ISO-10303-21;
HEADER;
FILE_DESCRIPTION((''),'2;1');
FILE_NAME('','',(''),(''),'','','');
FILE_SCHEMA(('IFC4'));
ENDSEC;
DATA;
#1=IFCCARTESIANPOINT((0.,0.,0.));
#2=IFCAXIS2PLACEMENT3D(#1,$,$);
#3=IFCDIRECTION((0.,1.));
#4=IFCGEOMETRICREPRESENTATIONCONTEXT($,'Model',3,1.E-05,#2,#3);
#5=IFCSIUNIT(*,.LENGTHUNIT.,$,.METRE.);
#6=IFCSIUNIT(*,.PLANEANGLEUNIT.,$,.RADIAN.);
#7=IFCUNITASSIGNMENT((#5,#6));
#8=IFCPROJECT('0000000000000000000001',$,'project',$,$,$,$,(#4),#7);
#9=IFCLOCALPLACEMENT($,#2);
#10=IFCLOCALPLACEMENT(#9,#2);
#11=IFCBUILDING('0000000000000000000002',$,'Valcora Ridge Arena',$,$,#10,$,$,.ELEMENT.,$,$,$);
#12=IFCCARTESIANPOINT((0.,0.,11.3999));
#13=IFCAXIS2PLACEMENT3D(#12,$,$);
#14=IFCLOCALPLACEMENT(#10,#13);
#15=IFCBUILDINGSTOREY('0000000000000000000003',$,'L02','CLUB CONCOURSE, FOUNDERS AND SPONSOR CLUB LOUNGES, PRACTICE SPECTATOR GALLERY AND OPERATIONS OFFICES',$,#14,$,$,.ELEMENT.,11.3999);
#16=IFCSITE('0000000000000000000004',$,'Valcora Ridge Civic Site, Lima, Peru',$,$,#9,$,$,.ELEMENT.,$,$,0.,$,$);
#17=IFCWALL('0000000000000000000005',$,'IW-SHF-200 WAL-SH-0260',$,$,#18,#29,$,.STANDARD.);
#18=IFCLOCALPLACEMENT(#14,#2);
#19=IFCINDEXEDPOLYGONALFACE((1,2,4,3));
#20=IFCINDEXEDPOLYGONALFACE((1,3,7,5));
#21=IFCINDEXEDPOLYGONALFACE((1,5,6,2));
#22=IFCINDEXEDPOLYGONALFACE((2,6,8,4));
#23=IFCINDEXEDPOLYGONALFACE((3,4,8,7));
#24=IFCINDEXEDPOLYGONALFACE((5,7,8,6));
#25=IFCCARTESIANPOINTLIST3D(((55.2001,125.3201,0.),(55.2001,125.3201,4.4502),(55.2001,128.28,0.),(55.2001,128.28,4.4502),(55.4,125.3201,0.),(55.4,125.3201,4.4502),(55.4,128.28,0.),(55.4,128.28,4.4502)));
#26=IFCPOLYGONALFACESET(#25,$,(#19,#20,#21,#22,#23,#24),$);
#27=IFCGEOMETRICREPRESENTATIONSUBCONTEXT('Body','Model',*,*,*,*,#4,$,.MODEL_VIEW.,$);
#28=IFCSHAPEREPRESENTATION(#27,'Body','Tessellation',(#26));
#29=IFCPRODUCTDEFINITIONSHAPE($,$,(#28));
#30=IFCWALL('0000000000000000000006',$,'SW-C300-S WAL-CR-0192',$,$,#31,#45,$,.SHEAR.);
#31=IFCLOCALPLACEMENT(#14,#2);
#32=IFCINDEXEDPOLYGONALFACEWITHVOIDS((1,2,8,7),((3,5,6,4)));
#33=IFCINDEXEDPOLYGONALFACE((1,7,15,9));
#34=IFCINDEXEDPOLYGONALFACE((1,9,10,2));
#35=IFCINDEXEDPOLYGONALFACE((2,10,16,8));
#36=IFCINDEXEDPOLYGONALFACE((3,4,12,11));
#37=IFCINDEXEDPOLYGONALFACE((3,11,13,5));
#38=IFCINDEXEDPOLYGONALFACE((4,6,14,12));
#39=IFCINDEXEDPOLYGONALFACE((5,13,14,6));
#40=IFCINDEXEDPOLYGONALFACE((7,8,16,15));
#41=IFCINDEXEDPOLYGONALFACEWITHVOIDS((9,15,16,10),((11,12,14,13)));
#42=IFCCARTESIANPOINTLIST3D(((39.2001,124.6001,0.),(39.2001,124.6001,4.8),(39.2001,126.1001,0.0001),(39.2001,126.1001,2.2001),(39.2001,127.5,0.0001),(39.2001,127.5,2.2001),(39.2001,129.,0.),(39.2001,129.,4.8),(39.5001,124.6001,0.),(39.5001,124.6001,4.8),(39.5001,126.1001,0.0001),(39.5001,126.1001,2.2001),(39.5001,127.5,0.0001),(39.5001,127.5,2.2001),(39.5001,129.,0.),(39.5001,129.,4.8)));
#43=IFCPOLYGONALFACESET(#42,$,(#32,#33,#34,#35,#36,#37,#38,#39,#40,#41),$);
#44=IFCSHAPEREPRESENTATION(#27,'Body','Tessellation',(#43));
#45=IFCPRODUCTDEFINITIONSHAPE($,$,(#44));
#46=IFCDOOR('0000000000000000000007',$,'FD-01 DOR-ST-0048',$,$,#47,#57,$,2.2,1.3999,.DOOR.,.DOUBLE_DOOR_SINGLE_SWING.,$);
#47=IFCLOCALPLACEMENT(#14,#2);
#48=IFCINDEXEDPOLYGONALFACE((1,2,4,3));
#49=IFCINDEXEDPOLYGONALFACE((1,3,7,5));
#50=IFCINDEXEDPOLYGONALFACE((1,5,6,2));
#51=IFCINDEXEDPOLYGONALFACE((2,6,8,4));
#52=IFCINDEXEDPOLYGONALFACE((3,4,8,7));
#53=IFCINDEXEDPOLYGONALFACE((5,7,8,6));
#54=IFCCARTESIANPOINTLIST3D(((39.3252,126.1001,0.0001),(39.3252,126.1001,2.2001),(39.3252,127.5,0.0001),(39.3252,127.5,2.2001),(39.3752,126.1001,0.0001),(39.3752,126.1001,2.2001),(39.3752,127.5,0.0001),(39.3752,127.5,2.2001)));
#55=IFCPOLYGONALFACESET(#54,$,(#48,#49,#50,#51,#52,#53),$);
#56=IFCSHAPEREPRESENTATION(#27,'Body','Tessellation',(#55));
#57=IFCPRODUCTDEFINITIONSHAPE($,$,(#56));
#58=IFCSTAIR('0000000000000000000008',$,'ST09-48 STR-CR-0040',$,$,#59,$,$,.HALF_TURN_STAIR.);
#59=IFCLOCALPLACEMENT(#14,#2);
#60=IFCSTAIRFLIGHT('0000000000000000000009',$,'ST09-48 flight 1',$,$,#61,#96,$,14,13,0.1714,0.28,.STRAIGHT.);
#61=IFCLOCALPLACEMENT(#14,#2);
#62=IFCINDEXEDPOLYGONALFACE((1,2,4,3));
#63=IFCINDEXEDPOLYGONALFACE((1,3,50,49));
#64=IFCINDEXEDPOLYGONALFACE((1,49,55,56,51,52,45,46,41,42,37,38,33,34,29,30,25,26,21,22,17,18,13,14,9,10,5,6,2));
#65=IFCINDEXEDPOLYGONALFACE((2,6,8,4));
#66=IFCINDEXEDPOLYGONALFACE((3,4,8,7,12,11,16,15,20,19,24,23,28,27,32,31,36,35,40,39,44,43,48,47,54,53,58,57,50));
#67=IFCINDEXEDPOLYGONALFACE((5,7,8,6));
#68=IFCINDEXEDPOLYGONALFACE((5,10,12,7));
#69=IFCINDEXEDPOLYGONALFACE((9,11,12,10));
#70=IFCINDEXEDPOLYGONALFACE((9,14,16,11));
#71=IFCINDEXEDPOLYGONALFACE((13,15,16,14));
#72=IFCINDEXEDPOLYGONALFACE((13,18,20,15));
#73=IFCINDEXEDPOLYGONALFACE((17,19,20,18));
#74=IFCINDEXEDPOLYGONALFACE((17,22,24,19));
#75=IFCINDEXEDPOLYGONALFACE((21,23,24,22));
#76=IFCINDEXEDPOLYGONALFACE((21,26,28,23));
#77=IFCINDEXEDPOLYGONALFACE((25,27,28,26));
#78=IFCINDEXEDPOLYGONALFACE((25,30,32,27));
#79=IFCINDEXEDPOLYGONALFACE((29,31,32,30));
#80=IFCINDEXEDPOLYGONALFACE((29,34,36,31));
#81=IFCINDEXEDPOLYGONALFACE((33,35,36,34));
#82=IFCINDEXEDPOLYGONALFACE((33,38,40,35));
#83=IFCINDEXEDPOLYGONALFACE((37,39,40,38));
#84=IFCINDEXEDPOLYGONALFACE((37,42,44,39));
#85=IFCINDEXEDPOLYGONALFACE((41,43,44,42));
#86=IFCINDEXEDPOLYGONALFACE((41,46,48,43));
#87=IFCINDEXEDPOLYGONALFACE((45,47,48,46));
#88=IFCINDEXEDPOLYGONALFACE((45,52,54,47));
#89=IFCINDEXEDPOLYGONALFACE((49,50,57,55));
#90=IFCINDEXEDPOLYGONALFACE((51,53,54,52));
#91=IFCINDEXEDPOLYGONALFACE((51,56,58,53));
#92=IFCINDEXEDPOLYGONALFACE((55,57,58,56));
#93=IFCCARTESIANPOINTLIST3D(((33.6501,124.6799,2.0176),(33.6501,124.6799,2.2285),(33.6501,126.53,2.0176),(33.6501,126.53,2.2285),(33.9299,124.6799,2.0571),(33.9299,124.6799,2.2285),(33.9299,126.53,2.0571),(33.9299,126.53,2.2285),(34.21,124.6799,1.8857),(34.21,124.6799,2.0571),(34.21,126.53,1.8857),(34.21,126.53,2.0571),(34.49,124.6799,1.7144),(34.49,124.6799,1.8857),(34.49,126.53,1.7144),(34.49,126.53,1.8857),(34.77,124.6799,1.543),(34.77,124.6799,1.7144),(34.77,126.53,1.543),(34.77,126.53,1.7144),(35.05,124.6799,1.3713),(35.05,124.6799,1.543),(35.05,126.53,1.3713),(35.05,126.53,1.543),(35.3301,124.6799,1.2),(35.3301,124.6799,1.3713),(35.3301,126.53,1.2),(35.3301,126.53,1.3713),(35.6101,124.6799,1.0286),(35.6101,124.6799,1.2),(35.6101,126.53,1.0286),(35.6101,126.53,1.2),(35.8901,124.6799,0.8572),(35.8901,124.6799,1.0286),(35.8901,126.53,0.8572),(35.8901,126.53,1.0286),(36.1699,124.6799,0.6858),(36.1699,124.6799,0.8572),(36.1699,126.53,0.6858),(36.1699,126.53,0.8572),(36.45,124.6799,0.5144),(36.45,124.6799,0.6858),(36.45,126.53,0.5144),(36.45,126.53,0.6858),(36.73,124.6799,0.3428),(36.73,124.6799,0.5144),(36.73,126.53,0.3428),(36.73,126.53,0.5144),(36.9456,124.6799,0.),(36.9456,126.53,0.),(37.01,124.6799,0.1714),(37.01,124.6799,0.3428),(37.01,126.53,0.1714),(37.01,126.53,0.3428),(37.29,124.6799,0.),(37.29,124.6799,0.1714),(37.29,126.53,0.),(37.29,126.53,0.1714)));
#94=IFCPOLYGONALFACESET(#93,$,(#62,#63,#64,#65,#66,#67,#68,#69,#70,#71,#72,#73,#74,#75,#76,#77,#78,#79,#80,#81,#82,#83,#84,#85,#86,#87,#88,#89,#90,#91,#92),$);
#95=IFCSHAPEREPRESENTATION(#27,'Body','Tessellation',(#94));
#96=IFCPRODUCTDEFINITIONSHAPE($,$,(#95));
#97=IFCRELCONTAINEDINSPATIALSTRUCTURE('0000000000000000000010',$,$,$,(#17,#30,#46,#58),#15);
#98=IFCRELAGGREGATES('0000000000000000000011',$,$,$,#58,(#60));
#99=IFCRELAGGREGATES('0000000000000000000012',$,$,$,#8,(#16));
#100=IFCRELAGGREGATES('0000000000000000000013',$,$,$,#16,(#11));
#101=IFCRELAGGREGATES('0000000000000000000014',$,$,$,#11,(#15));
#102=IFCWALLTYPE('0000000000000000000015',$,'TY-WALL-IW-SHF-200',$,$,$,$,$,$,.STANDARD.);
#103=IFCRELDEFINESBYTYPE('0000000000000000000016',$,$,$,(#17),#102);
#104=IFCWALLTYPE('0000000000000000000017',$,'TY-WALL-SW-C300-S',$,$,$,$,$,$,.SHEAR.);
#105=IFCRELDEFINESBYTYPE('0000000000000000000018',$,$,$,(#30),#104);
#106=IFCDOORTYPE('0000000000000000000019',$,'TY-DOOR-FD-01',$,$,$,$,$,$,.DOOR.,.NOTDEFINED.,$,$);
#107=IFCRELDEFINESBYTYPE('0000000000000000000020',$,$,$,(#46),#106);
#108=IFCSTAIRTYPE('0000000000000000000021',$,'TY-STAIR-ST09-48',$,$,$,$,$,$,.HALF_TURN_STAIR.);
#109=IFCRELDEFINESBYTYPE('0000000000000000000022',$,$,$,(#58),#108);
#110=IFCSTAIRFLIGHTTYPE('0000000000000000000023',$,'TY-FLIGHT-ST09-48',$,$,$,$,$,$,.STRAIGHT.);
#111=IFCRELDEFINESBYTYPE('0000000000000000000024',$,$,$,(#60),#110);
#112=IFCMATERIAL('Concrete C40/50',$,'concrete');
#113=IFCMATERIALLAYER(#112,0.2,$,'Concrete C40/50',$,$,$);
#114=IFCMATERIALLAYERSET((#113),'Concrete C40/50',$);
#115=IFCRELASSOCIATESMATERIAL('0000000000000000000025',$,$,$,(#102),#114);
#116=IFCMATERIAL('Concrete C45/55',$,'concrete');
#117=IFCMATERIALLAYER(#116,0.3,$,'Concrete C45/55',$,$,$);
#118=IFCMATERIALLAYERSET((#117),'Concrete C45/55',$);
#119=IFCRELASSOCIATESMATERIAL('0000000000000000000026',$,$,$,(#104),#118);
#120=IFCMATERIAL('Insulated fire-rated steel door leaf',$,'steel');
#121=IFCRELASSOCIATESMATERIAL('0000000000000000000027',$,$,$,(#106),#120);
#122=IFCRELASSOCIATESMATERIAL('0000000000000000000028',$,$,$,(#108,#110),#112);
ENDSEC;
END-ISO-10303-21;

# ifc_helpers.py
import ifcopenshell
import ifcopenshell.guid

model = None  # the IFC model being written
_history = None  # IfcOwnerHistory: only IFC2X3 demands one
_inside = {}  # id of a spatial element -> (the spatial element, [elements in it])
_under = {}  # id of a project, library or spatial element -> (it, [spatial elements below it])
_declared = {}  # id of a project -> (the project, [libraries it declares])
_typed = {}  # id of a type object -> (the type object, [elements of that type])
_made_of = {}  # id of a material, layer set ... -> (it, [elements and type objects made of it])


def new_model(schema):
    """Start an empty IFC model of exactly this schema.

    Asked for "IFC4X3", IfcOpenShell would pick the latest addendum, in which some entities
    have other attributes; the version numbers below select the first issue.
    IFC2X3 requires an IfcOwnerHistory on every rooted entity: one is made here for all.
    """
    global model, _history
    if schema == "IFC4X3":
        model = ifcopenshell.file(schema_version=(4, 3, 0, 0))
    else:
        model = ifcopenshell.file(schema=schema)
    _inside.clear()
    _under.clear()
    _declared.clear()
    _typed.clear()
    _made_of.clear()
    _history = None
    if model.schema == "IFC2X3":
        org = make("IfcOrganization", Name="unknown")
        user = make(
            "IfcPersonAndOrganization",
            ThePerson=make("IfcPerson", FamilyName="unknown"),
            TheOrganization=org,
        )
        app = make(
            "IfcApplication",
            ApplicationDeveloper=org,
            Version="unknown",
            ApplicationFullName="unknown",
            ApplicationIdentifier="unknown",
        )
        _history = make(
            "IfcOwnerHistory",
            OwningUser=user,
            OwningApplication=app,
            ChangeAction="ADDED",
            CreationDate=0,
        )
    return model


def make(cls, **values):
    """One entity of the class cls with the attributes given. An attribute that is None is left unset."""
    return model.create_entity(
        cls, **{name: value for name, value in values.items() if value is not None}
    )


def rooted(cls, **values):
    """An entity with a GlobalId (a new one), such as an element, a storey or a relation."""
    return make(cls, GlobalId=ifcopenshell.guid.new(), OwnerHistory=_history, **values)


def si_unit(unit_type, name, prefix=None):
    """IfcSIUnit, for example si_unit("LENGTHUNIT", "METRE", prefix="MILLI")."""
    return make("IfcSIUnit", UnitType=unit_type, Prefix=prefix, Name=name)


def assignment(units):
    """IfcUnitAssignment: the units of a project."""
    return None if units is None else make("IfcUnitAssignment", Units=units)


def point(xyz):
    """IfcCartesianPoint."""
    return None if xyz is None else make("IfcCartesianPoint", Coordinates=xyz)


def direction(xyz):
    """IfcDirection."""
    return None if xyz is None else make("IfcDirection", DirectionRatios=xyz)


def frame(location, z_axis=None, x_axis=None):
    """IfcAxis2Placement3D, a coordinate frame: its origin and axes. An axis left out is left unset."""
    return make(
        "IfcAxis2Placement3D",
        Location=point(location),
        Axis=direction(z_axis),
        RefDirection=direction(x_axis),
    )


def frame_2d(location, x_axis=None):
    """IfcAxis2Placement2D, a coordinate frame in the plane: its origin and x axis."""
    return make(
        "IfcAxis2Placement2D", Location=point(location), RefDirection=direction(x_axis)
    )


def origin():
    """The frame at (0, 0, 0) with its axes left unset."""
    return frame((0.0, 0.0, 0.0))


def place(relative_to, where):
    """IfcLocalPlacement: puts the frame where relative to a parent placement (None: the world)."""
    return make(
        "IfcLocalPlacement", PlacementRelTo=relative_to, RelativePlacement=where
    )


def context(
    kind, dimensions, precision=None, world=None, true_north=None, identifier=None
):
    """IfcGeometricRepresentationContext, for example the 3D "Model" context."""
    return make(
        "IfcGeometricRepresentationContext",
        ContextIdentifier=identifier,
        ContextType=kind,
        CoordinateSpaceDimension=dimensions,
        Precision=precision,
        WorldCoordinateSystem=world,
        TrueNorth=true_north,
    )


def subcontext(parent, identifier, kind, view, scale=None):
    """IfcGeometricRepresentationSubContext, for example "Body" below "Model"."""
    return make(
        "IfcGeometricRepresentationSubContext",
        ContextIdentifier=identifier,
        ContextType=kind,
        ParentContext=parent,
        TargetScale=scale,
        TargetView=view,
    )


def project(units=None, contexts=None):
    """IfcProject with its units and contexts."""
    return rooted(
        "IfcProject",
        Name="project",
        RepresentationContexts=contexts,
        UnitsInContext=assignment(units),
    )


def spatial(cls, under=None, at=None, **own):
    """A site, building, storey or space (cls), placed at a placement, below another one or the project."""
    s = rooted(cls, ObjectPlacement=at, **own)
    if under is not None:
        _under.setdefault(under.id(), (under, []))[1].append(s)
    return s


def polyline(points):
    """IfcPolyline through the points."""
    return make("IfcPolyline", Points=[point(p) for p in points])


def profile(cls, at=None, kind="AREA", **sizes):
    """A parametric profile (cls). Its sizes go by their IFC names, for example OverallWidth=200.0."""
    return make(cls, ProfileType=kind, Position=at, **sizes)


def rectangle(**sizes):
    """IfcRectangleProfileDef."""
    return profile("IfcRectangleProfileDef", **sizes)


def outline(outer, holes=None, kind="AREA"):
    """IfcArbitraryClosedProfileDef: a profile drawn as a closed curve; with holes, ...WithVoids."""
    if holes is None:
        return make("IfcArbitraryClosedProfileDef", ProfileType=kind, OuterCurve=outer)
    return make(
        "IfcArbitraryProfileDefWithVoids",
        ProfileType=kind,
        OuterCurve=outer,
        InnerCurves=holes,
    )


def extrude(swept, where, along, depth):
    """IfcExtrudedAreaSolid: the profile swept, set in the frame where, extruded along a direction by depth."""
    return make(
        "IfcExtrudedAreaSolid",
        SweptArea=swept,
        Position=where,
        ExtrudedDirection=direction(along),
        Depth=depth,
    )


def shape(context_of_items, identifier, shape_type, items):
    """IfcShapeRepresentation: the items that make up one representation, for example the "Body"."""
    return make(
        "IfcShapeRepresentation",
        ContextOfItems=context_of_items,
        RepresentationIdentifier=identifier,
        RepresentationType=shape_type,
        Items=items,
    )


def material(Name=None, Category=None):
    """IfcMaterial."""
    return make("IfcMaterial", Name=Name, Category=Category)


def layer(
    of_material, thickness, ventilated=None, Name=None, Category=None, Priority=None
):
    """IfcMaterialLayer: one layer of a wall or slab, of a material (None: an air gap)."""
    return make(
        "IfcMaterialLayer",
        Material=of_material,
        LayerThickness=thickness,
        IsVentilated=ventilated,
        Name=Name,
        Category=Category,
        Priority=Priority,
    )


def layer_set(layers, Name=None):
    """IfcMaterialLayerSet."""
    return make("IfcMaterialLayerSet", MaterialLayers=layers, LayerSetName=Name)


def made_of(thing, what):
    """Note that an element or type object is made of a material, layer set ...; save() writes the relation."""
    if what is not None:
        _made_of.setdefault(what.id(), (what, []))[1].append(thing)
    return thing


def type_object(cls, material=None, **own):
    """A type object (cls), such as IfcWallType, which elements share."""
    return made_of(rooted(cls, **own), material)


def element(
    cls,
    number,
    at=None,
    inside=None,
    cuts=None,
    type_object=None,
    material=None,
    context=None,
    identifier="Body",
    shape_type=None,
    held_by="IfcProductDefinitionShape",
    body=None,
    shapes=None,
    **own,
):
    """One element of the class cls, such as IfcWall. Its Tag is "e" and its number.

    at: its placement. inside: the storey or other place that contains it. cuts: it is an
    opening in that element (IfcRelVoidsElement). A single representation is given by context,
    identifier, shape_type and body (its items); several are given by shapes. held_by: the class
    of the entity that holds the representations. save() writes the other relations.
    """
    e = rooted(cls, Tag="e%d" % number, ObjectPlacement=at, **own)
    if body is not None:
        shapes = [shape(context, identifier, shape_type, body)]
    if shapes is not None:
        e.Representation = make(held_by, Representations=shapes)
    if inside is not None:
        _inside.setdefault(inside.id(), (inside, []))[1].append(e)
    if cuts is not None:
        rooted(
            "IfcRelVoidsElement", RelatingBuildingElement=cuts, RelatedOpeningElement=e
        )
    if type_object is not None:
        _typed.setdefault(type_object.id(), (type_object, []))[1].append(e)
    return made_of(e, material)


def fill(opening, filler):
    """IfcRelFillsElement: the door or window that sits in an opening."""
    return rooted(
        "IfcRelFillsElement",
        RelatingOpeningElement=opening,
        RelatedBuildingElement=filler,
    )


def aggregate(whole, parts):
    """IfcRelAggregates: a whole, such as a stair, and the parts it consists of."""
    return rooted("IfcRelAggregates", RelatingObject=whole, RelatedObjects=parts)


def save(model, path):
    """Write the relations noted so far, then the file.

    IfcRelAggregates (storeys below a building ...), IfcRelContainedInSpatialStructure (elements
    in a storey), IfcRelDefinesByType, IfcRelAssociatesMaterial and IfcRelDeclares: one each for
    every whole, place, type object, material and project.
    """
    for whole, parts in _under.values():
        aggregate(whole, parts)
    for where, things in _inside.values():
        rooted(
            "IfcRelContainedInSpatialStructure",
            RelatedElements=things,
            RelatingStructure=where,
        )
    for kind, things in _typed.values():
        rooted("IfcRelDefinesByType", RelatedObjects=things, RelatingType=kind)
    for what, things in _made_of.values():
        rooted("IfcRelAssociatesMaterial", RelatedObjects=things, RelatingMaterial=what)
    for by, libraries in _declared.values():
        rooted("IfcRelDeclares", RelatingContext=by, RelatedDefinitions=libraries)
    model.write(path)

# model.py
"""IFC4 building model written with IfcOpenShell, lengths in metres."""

from ifc_helpers import new_model, si_unit, direction, frame, frame_2d, origin, place, context, subcontext, project, spatial, polyline, rectangle, outline, extrude, material, layer, layer_set, type_object, element, fill, aggregate, save


model = new_model("IFC4")

# Units and contexts
model_context = context("Model", 3, precision=1e-05, world=origin(), true_north=direction((0.0, 1.0)))
body_context = subcontext(model_context, "Body", "Model", "MODEL_VIEW")
ifc_project = project(units=[si_unit("LENGTHUNIT", "METRE"), si_unit("PLANEANGLEUNIT", "RADIAN")], contexts=[model_context])

# Site, building, storey
site_placement = place(None, origin())
site = spatial("IfcSite", under=ifc_project, at=site_placement, Name="Valcora Ridge Civic Site, Lima, Peru", CompositionType="ELEMENT", RefElevation=0.0)
building_placement = place(site_placement, origin())
building = spatial("IfcBuilding", under=site, at=building_placement, Name="Valcora Ridge Arena", CompositionType="ELEMENT")
storey_placement = place(building_placement, frame((0.0, 0.0, 11.3999)))
storey = spatial("IfcBuildingStorey", under=building, at=storey_placement, Name="L02", Description="CLUB CONCOURSE, FOUNDERS AND SPONSOR CLUB LOUNGES, PRACTICE SPECTATOR GALLERY AND OPERATIONS OFFICES", CompositionType="ELEMENT", Elevation=11.3999)

# Shared definitions
ifc_material_1 = material(Name="Concrete C40/50", Category="concrete")

# Shared definitions
ifc_layer_1 = layer(ifc_material_1, 0.2, Name="Concrete C40/50")
ifc_layer_set_1 = layer_set([ifc_layer_1], Name="Concrete C40/50")
wall_type_1 = type_object("IfcWallType", Name="TY-WALL-IW-SHF-200", PredefinedType="STANDARD", material=ifc_layer_set_1)

# Wall
for number, where, z_axis, x_axis, name in (
    (1, (55.3, 125.3201, 0.0), (0.0, 0.0, 1.0), (0.0, 1.0, 0.0), "IW-SHF-200 WAL-SH-0260"),
):
    element("IfcWall", number, at=place(storey_placement, frame(where, z_axis=z_axis, x_axis=x_axis)), inside=storey, type_object=wall_type_1, Name=name, PredefinedType="STANDARD", context=body_context, shape_type="SweptSolid", body=[
        extrude(rectangle(XDim=2.96, YDim=0.2, at=frame_2d((1.48, 0.0))), origin(), (0.0, 0.0, 1.0), 4.4502),
    ])

# Wall, opening, door
ifc_material_2 = material(Name="Concrete C45/55", Category="concrete")
ifc_layer_2 = layer(ifc_material_2, 0.3, Name="Concrete C45/55")
ifc_layer_set_2 = layer_set([ifc_layer_2], Name="Concrete C45/55")
wall_type_2 = type_object("IfcWallType", Name="TY-WALL-SW-C300-S", PredefinedType="SHEAR", material=ifc_layer_set_2)
wall_1_placement = place(storey_placement, frame((39.3501, 124.6001, 0.0), z_axis=(0.0, 0.0, 1.0), x_axis=(0.0, 1.0, 0.0)))
wall_1 = element("IfcWall", 2, at=wall_1_placement, inside=storey, type_object=wall_type_2, Name="SW-C300-S WAL-CR-0192", PredefinedType="SHEAR", context=body_context, shape_type="SweptSolid", body=[
    extrude(rectangle(XDim=4.3999, YDim=0.3, at=frame_2d((2.2, 0.0))), origin(), (0.0, 0.0, 1.0), 4.8),
])
opening_1_placement = place(wall_1_placement, frame((1.5, 0.0, 0.0)))
opening_1 = element("IfcOpeningElement", 3, at=opening_1_placement, cuts=wall_1, PredefinedType="OPENING", context=body_context, shape_type="SweptSolid", body=[
    extrude(rectangle(XDim=1.3999, YDim=2.2, at=frame_2d((0.7, 1.1001))), frame((0.0, 0.1599, 0.0), z_axis=(0.0, -1.0, 0.0), x_axis=(1.0, 0.0, 0.0)), (0.0, 0.0, 1.0), 0.3201),
])
ifc_material_3 = material(Name="Insulated fire-rated steel door leaf", Category="steel")
door_type_1 = type_object("IfcDoorType", Name="TY-DOOR-FD-01", OperationType="NOTDEFINED", PredefinedType="DOOR", material=ifc_material_3)
door_1_placement = place(opening_1_placement, origin())
door_1 = element("IfcDoor", 4, at=door_1_placement, inside=storey, type_object=door_type_1, Name="FD-01 DOR-ST-0048", OperationType="DOUBLE_DOOR_SINGLE_SWING", OverallHeight=2.2, OverallWidth=1.3999, PredefinedType="DOOR", context=body_context, shape_type="SweptSolid", body=[
    extrude(rectangle(XDim=1.3999, YDim=2.2, at=frame_2d((0.7, 1.1001))), frame((0.0, 0.0249, 0.0), z_axis=(0.0, -1.0, 0.0), x_axis=(1.0, 0.0, 0.0)), (0.0, 0.0, 1.0), 0.05),
])
fill(opening_1, door_1)

# Stair, stair flight
stair_type = type_object("IfcStairType", Name="TY-STAIR-ST09-48", PredefinedType="HALF_TURN_STAIR", material=ifc_material_1)
stair_placement = place(storey_placement, origin())
stair = element("IfcStair", 5, at=stair_placement, inside=storey, type_object=stair_type, Name="ST09-48 STR-CR-0040", PredefinedType="HALF_TURN_STAIR")
stair_flight_type = type_object("IfcStairFlightType", Name="TY-FLIGHT-ST09-48", PredefinedType="STRAIGHT", material=ifc_material_1)
stair_flight_placement = place(storey_placement, frame((37.29, 125.605, 0.0), z_axis=(0.0, 0.0, 1.0), x_axis=(-1.0, 0.0, 0.0)))
stair_flight = element("IfcStairFlight", 6, at=stair_flight_placement, type_object=stair_flight_type, Name="ST09-48 flight 1", NumberOfRisers=14, NumberOfTreads=13, PredefinedType="STRAIGHT", RiserHeight=0.1714, TreadLength=0.28, context=body_context, shape_type="SweptSolid", body=[
    extrude(outline(polyline([(0.0, 0.0), (0.0, 0.1714), (0.28, 0.1714), (0.28, 0.3428), (0.5601, 0.3428), (0.5601, 0.5144), (0.8401, 0.5144), (0.8401, 0.6858), (1.1201, 0.6858), (1.1201, 0.8572), (1.3999, 0.8572), (1.3999, 1.0286), (1.6799, 1.0286), (1.6799, 1.2), (1.96, 1.2), (1.96, 1.3713), (2.24, 1.3713), (2.24, 1.543), (2.52, 1.543), (2.52, 1.7144), (2.8, 1.7144), (2.8, 1.8857), (3.0801, 1.8857), (3.0801, 2.0571), (3.3601, 2.0571), (3.3601, 2.2285), (3.6399, 2.2285), (3.6399, 2.3999), (3.6399, 2.0176), (0.3445, 0.0), (0.0, 0.0)])), frame((0.0, 0.925, 0.0), z_axis=(0.0, -1.0, 0.0), x_axis=(1.0, 0.0, 0.0)), (0.0, 0.0, 1.0), 1.8501),
])
aggregate(stair, [stair_flight])

save(model, "model.ifc")
